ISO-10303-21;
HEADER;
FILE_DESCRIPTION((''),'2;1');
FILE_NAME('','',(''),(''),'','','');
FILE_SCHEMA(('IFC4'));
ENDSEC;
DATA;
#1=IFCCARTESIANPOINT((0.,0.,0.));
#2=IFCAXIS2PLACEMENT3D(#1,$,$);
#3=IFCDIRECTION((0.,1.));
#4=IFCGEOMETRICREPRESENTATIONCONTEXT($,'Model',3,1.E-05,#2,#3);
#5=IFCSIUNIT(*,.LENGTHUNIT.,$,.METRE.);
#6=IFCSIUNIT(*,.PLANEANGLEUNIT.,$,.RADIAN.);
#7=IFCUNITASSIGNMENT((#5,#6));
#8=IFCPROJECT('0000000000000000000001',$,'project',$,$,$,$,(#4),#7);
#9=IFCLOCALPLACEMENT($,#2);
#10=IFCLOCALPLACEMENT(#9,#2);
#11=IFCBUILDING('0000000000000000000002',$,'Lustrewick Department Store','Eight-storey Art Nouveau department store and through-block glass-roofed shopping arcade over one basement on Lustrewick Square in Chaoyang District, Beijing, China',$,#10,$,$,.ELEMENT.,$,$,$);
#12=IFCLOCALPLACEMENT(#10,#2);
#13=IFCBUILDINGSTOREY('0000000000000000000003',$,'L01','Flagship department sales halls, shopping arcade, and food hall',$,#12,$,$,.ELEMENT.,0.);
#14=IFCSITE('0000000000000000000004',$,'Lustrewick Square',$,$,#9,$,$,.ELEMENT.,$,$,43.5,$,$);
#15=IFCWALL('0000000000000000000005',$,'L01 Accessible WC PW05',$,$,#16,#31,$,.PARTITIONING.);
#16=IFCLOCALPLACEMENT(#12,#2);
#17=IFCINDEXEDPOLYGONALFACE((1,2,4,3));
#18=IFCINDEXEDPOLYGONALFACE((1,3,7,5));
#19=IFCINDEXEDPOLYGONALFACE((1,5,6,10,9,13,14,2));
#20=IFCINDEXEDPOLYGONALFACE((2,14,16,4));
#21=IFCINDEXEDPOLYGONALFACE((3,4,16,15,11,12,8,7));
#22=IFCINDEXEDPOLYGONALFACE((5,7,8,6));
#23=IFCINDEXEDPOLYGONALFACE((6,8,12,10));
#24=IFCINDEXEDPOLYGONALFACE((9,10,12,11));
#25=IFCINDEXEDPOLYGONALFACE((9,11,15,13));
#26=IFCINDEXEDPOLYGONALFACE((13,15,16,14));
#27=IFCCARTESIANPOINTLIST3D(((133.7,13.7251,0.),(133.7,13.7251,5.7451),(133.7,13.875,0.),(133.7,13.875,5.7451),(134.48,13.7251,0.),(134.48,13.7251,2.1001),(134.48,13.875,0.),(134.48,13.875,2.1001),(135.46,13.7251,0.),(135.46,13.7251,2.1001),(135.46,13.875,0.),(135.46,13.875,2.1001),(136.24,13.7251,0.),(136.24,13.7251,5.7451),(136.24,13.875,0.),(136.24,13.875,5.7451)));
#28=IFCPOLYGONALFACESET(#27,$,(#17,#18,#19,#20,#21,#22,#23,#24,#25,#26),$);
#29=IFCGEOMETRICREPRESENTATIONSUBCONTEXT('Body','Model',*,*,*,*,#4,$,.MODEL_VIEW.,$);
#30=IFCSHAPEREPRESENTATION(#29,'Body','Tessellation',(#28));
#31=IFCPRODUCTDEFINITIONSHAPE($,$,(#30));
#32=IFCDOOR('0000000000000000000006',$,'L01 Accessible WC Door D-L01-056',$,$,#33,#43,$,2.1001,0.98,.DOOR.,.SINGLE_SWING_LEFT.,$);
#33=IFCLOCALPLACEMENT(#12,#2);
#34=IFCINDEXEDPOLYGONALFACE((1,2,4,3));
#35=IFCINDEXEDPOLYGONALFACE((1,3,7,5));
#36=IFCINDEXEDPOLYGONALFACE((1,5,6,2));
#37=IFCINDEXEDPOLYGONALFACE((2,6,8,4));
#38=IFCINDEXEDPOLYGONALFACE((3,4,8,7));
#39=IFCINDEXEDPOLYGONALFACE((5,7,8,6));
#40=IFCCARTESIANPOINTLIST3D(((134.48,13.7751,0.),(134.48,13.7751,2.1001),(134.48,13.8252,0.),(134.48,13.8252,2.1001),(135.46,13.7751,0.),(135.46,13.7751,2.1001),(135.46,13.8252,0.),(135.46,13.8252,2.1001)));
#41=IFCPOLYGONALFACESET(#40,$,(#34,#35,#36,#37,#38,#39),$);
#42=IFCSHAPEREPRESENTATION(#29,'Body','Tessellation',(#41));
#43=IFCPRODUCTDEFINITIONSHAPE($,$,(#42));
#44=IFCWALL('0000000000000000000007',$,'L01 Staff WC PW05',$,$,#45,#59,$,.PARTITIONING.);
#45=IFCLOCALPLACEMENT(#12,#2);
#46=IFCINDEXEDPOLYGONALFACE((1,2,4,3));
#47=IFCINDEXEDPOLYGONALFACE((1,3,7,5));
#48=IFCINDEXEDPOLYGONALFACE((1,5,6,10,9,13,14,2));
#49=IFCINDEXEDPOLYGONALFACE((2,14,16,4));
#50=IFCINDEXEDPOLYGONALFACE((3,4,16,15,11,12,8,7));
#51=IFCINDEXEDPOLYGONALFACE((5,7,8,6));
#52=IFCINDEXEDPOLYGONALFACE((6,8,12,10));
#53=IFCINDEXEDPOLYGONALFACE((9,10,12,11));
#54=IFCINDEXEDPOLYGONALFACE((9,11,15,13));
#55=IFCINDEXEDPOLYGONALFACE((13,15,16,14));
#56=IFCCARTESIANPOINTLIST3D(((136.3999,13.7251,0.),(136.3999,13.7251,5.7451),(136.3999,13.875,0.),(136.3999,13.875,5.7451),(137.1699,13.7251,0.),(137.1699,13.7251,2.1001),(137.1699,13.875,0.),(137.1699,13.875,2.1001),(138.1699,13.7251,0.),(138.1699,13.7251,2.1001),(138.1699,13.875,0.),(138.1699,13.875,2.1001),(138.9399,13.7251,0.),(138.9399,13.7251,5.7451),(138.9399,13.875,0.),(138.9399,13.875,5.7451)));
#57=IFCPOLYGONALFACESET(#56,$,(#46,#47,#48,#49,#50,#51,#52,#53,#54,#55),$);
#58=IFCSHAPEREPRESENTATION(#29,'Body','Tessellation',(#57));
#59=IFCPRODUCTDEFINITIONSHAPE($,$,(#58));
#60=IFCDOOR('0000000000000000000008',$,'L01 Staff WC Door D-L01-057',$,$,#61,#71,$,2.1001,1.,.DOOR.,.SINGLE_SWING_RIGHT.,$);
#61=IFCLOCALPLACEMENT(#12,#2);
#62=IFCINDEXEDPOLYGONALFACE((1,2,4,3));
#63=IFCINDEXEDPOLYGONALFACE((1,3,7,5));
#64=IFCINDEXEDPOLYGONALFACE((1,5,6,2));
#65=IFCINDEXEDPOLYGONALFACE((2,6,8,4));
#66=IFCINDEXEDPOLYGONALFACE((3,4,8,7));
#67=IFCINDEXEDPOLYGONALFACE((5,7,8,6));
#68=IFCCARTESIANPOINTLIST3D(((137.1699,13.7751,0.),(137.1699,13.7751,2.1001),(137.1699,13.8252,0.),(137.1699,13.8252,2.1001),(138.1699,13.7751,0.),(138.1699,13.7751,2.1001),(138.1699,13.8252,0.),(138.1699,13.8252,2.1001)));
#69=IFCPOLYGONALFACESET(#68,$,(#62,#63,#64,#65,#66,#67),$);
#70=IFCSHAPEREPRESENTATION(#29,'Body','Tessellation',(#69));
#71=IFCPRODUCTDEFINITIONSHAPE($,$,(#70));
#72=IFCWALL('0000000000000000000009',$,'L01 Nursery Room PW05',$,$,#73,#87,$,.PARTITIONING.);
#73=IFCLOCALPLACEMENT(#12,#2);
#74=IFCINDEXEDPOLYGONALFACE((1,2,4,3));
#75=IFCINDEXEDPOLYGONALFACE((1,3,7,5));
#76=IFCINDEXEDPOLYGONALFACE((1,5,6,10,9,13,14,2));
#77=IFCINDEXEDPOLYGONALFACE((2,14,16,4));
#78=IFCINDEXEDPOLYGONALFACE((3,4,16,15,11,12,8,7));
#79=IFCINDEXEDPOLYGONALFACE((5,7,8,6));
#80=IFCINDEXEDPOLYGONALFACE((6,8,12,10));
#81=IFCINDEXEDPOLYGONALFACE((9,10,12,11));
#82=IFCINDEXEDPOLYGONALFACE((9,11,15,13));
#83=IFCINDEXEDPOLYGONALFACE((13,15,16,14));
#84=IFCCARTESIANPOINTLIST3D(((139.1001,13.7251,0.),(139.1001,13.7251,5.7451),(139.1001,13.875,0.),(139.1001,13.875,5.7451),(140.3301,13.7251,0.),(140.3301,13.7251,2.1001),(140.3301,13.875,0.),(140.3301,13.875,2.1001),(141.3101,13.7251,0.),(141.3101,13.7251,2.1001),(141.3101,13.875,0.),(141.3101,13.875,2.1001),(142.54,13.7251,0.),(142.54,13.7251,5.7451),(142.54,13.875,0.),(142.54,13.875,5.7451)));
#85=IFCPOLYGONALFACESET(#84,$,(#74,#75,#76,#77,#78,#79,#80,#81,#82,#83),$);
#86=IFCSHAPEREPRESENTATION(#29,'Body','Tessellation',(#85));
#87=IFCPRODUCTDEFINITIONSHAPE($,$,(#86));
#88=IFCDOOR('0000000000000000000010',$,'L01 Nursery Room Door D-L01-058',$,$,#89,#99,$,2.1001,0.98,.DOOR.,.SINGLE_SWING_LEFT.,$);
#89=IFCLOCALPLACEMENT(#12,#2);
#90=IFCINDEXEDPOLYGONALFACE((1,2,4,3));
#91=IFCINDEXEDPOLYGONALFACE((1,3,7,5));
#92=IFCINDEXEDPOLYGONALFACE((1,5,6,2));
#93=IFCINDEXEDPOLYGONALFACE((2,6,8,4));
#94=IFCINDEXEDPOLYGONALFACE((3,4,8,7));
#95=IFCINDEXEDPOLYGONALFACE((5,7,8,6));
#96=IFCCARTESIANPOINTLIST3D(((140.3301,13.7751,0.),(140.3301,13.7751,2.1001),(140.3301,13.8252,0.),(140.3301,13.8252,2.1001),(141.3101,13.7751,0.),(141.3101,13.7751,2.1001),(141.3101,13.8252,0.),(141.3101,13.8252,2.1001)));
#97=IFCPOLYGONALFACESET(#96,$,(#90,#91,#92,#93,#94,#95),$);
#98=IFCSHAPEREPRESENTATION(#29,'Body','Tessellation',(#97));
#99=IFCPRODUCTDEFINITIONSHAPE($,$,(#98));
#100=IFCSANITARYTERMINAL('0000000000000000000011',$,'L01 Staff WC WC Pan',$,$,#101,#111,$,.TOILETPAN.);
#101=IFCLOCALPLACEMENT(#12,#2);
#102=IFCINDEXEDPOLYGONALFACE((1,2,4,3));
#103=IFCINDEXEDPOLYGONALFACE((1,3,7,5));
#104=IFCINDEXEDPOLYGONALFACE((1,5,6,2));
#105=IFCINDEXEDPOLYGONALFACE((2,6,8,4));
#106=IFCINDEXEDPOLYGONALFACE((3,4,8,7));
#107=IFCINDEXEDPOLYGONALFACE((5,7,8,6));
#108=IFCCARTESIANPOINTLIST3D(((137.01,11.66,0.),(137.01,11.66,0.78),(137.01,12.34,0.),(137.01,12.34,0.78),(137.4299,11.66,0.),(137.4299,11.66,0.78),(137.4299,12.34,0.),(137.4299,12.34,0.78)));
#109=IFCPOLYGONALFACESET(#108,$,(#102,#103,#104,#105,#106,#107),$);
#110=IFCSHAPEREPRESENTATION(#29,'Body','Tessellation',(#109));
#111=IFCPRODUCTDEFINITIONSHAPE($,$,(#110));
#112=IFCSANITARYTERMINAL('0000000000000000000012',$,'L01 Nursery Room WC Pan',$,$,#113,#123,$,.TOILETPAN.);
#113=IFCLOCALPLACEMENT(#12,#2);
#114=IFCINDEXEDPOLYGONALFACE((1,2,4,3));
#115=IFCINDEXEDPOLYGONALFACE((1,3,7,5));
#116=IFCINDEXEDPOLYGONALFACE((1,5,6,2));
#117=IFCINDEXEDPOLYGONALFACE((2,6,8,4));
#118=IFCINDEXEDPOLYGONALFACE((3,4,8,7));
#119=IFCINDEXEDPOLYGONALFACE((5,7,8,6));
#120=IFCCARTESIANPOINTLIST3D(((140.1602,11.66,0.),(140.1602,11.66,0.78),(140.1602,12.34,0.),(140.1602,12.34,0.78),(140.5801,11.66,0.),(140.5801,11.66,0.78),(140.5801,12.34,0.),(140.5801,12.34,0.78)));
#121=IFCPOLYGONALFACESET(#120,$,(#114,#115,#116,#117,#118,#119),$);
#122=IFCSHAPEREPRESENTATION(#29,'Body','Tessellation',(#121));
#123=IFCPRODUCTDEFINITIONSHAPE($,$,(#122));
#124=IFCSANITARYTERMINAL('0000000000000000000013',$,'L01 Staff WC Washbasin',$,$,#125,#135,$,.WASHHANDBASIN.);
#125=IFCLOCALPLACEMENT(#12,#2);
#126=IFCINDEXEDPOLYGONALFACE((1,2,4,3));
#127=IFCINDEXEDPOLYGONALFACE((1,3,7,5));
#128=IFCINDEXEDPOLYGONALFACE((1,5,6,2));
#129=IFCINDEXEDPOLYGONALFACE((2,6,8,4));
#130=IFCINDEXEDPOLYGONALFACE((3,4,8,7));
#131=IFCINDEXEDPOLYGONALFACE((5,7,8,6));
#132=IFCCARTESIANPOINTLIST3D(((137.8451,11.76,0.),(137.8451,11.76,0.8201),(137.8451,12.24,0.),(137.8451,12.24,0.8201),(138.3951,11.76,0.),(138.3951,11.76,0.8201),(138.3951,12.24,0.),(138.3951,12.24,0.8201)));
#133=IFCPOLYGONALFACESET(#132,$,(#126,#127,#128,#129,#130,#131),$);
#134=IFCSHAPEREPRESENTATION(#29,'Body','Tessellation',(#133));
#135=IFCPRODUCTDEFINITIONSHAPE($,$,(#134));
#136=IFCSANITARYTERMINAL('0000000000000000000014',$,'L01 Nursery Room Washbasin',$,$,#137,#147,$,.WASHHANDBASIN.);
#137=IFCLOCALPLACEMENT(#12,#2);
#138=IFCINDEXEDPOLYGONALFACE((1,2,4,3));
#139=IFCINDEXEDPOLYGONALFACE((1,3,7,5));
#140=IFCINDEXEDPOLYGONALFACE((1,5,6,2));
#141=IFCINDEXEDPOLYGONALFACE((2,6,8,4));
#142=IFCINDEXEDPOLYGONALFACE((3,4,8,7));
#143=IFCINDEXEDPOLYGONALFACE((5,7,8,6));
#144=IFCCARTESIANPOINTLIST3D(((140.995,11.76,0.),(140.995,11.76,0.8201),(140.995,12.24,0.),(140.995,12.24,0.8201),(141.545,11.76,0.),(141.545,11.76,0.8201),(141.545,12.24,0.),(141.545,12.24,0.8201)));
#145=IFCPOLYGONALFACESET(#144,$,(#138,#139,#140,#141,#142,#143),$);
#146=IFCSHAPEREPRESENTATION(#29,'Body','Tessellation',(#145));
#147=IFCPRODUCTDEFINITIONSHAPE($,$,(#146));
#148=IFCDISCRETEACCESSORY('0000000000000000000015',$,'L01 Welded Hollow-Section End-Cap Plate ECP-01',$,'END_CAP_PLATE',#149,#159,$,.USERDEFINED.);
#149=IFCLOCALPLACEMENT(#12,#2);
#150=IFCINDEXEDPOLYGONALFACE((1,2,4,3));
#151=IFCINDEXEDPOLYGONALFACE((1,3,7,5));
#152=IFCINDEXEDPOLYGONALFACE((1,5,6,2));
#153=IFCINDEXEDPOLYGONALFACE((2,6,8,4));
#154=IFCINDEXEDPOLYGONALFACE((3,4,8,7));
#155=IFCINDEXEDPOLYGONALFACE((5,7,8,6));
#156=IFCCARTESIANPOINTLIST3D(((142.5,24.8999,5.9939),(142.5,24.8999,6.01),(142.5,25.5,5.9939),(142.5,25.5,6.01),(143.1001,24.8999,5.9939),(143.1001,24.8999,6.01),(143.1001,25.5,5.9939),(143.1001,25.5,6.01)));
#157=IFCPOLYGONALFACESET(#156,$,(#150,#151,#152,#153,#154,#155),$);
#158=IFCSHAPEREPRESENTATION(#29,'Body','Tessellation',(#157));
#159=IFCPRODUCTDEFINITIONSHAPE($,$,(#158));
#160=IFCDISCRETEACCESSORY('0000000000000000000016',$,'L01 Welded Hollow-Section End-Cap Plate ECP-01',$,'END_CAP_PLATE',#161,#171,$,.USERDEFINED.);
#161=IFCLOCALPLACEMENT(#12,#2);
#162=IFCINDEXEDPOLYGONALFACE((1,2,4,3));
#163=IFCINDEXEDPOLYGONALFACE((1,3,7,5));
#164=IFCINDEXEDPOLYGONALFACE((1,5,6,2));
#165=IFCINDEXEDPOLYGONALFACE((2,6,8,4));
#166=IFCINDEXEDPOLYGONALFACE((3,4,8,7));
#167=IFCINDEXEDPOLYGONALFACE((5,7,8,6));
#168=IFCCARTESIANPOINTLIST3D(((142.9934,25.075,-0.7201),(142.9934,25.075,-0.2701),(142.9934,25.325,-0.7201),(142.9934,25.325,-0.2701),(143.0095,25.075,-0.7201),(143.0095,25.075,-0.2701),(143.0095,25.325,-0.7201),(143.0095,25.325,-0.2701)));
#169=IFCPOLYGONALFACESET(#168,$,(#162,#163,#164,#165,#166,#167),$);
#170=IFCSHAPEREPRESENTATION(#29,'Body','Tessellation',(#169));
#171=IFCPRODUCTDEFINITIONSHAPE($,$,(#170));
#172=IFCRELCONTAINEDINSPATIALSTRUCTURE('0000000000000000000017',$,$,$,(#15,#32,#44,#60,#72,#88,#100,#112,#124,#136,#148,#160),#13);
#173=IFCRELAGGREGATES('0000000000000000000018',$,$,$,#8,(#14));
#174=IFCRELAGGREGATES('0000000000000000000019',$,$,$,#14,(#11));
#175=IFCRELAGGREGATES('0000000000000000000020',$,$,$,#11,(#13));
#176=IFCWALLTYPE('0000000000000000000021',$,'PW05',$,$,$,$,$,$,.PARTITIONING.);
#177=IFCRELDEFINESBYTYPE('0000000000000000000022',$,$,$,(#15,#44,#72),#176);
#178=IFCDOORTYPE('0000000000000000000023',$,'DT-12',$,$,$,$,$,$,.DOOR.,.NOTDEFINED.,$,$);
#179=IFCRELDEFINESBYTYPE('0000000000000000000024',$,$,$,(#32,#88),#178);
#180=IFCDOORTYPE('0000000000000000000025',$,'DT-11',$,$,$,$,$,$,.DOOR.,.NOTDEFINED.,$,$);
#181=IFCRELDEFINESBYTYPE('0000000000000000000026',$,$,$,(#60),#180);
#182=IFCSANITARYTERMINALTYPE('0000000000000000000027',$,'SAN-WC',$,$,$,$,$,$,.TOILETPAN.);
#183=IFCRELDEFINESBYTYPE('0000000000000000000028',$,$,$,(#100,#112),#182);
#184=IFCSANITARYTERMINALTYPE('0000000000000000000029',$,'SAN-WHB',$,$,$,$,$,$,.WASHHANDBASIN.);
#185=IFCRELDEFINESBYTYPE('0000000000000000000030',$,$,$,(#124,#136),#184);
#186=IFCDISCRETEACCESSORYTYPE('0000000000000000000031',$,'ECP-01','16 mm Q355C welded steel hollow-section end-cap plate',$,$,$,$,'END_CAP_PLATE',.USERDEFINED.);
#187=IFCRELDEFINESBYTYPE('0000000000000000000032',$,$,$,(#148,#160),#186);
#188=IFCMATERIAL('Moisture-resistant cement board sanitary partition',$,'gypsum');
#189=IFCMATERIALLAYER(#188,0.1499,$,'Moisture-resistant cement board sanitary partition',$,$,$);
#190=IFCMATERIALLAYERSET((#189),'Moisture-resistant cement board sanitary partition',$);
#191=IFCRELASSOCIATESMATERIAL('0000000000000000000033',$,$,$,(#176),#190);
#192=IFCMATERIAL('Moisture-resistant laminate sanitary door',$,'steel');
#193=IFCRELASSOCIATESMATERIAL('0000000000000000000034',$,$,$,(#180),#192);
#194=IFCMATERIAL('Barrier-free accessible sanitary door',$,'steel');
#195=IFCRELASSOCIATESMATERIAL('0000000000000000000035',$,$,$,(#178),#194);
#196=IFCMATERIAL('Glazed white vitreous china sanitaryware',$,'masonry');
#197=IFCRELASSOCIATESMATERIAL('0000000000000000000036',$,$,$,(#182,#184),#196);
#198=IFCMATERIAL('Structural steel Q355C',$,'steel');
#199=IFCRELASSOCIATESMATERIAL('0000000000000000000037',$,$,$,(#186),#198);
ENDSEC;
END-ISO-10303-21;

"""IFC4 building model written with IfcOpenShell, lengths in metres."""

from ifc_helpers import new_model, si_unit, direction, frame, frame_2d, origin, origin_2d, place, context, subcontext, project, spatial, rectangle, extrude, material, layer, layer_set, type_object, element, fill, save


model = new_model("IFC4")

# Units and contexts
model_context = context("Model", 3, precision=1e-05, world=origin(), true_north=direction((0.0, 1.0)))
body_context = subcontext(model_context, "Body", "Model", "MODEL_VIEW")
ifc_project = project(units=[si_unit("LENGTHUNIT", "METRE"), si_unit("PLANEANGLEUNIT", "RADIAN")], contexts=[model_context])

# Site, building, storey
site_placement = place(None, origin())
site = spatial("IfcSite", under=ifc_project, at=site_placement, Name="Lustrewick Square", CompositionType="ELEMENT", RefElevation=43.5)
building_placement = place(site_placement, origin())
building = spatial("IfcBuilding", under=site, at=building_placement, Name="Lustrewick Department Store", Description="Eight-storey Art Nouveau department store and through-block glass-roofed shopping arcade over one basement on Lustrewick Square in Chaoyang District, Beijing, China", CompositionType="ELEMENT")
storey_placement = place(building_placement, origin())
storey = spatial("IfcBuildingStorey", under=building, at=storey_placement, Name="L01", Description="Flagship department sales halls, shopping arcade, and food hall", CompositionType="ELEMENT", Elevation=0.0)

# Shared definitions
ifc_material_1 = material(Name="Structural steel Q355C", Category="steel")

# Walls, openings, doors
ifc_material_2 = material(Name="Moisture-resistant cement board sanitary partition", Category="gypsum")
ifc_layer_1 = layer(ifc_material_2, 0.1499, Name="Moisture-resistant cement board sanitary partition")
ifc_layer_set_1 = layer_set([ifc_layer_1], Name="Moisture-resistant cement board sanitary partition")
wall_type_1 = type_object("IfcWallType", Name="PW05", PredefinedType="PARTITIONING", material=ifc_layer_set_1)
ifc_material_3 = material(Name="Moisture-resistant laminate sanitary door", Category="steel")
door_type_1 = type_object("IfcDoorType", Name="DT-11", OperationType="NOTDEFINED", PredefinedType="DOOR", material=ifc_material_3)
wall_1_placement = place(storey_placement, frame((136.24, 13.8, 0.0), z_axis=(0.0, 0.0, 1.0), x_axis=(-1.0, 0.0, 0.0)))
wall_1 = element("IfcWall", 1, at=wall_1_placement, inside=storey, type_object=wall_type_1, Name="L01 Accessible WC PW05", PredefinedType="PARTITIONING", context=body_context, shape_type="SweptSolid", body=[
    extrude(rectangle(XDim=2.54, YDim=0.1499, at=frame_2d((1.27, 0.0))), origin(), (0.0, 0.0, 1.0), 5.7451),
])
opening_1_placement = place(wall_1_placement, frame((0.78, 0.0, 0.0)))
opening_1 = element("IfcOpeningElement", 2, at=opening_1_placement, cuts=wall_1, PredefinedType="OPENING", context=body_context, shape_type="SweptSolid", body=[
    extrude(rectangle(XDim=0.98, YDim=2.1001, at=frame_2d((0.49, 1.05))), frame((0.0, 0.085, 0.0), z_axis=(0.0, -1.0, 0.0), x_axis=(1.0, 0.0, 0.0)), (0.0, 0.0, 1.0), 0.1699),
])
ifc_material_4 = material(Name="Barrier-free accessible sanitary door", Category="steel")
door_type_2 = type_object("IfcDoorType", Name="DT-12", OperationType="NOTDEFINED", PredefinedType="DOOR", material=ifc_material_4)
door_1_placement = place(opening_1_placement, origin())
door_1 = element("IfcDoor", 3, at=door_1_placement, inside=storey, type_object=door_type_2, Name="L01 Accessible WC Door D-L01-056", OperationType="SINGLE_SWING_LEFT", OverallHeight=2.1001, OverallWidth=0.98, PredefinedType="DOOR", context=body_context, shape_type="SweptSolid", body=[
    extrude(rectangle(XDim=0.98, YDim=2.1001, at=frame_2d((0.49, 1.05))), frame((0.0, 0.0249, 0.0), z_axis=(0.0, -1.0, 0.0), x_axis=(1.0, 0.0, 0.0)), (0.0, 0.0, 1.0), 0.05),
])
fill(opening_1, door_1)
wall_2_placement = place(storey_placement, frame((138.9399, 13.8, 0.0), z_axis=(0.0, 0.0, 1.0), x_axis=(-1.0, 0.0, 0.0)))
wall_2 = element("IfcWall", 4, at=wall_2_placement, inside=storey, type_object=wall_type_1, Name="L01 Staff WC PW05", PredefinedType="PARTITIONING", context=body_context, shape_type="SweptSolid", body=[
    extrude(rectangle(XDim=2.54, YDim=0.1499, at=frame_2d((1.27, 0.0))), origin(), (0.0, 0.0, 1.0), 5.7451),
])
opening_2_placement = place(wall_2_placement, frame((0.77, 0.0, 0.0)))
opening_2 = element("IfcOpeningElement", 5, at=opening_2_placement, cuts=wall_2, PredefinedType="OPENING", context=body_context, shape_type="SweptSolid", body=[
    extrude(rectangle(XDim=1.0, YDim=2.1001, at=frame_2d((0.5, 1.05))), frame((0.0, 0.085, 0.0), z_axis=(0.0, -1.0, 0.0), x_axis=(1.0, 0.0, 0.0)), (0.0, 0.0, 1.0), 0.1699),
])
door_2_placement = place(opening_2_placement, origin())
door_2 = element("IfcDoor", 6, at=door_2_placement, inside=storey, type_object=door_type_1, Name="L01 Staff WC Door D-L01-057", OperationType="SINGLE_SWING_RIGHT", OverallHeight=2.1001, OverallWidth=1.0, PredefinedType="DOOR", context=body_context, shape_type="SweptSolid", body=[
    extrude(rectangle(XDim=1.0, YDim=2.1001, at=frame_2d((0.5, 1.05))), frame((0.0, 0.0249, 0.0), z_axis=(0.0, -1.0, 0.0), x_axis=(1.0, 0.0, 0.0)), (0.0, 0.0, 1.0), 0.05),
])
fill(opening_2, door_2)
wall_3_placement = place(storey_placement, frame((142.54, 13.8, 0.0), z_axis=(0.0, 0.0, 1.0), x_axis=(-1.0, 0.0, 0.0)))
wall_3 = element("IfcWall", 7, at=wall_3_placement, inside=storey, type_object=wall_type_1, Name="L01 Nursery Room PW05", PredefinedType="PARTITIONING", context=body_context, shape_type="SweptSolid", body=[
    extrude(rectangle(XDim=3.4399, YDim=0.1499, at=frame_2d((1.72, 0.0))), origin(), (0.0, 0.0, 1.0), 5.7451),
])
opening_3_placement = place(wall_3_placement, frame((1.23, 0.0, 0.0)))
opening_3 = element("IfcOpeningElement", 8, at=opening_3_placement, cuts=wall_3, PredefinedType="OPENING", context=body_context, shape_type="SweptSolid", body=[
    extrude(rectangle(XDim=0.98, YDim=2.1001, at=frame_2d((0.49, 1.05))), frame((0.0, 0.085, 0.0), z_axis=(0.0, -1.0, 0.0), x_axis=(1.0, 0.0, 0.0)), (0.0, 0.0, 1.0), 0.1699),
])
door_3_placement = place(opening_3_placement, origin())
door_3 = element("IfcDoor", 9, at=door_3_placement, inside=storey, type_object=door_type_2, Name="L01 Nursery Room Door D-L01-058", OperationType="SINGLE_SWING_LEFT", OverallHeight=2.1001, OverallWidth=0.98, PredefinedType="DOOR", context=body_context, shape_type="SweptSolid", body=[
    extrude(rectangle(XDim=0.98, YDim=2.1001, at=frame_2d((0.49, 1.05))), frame((0.0, 0.0249, 0.0), z_axis=(0.0, -1.0, 0.0), x_axis=(1.0, 0.0, 0.0)), (0.0, 0.0, 1.0), 0.05),
])
fill(opening_3, door_3)

# Sanitary terminals
ifc_material_5 = material(Name="Glazed white vitreous china sanitaryware", Category="masonry")
sanitary_terminal_type_1 = type_object("IfcSanitaryTerminalType", Name="SAN-WC", PredefinedType="TOILETPAN", material=ifc_material_5)
for number, where, z_axis, x_axis, name in (
    (10, (137.22, 12.0, 0.0), (0.0, 0.0, 1.0), (1.0, 0.0, 0.0), "L01 Staff WC WC Pan"),
    (11, (140.3701, 12.0, 0.0), (0.0, 0.0, 1.0), (1.0, 0.0, 0.0), "L01 Nursery Room WC Pan"),
):
    element("IfcSanitaryTerminal", number, at=place(storey_placement, frame(where, z_axis=z_axis, x_axis=x_axis)), inside=storey, type_object=sanitary_terminal_type_1, Name=name, PredefinedType="TOILETPAN", context=body_context, shape_type="SweptSolid", body=[
        extrude(rectangle(XDim=0.4199, YDim=0.6799, at=origin_2d()), origin(), (0.0, 0.0, 1.0), 0.78),
    ])
sanitary_terminal_type_2 = type_object("IfcSanitaryTerminalType", Name="SAN-WHB", PredefinedType="WASHHANDBASIN", material=ifc_material_5)
for number, where, z_axis, x_axis, name in (
    (12, (138.1201, 12.0, 0.0), (0.0, 0.0, 1.0), (1.0, 0.0, 0.0), "L01 Staff WC Washbasin"),
    (13, (141.27, 12.0, 0.0), (0.0, 0.0, 1.0), (1.0, 0.0, 0.0), "L01 Nursery Room Washbasin"),
):
    element("IfcSanitaryTerminal", number, at=place(storey_placement, frame(where, z_axis=z_axis, x_axis=x_axis)), inside=storey, type_object=sanitary_terminal_type_2, Name=name, PredefinedType="WASHHANDBASIN", context=body_context, shape_type="SweptSolid", body=[
        extrude(rectangle(XDim=0.55, YDim=0.48, at=origin_2d()), origin(), (0.0, 0.0, 1.0), 0.8201),
    ])

# Discrete accessories
discrete_accessory_type = type_object("IfcDiscreteAccessoryType", Name="ECP-01", Description="16 mm Q355C welded steel hollow-section end-cap plate", ElementType="END_CAP_PLATE", PredefinedType="USERDEFINED", material=ifc_material_1)
discrete_accessory_1_placement = place(storey_placement, frame((142.8, 25.2, 5.9939), z_axis=(0.0, 0.0, 1.0), x_axis=(1.0, 0.0, 0.0)))
element("IfcDiscreteAccessory", 14, at=discrete_accessory_1_placement, inside=storey, type_object=discrete_accessory_type, Name="L01 Welded Hollow-Section End-Cap Plate ECP-01", ObjectType="END_CAP_PLATE", PredefinedType="USERDEFINED", context=body_context, shape_type="SweptSolid", body=[
    extrude(rectangle(XDim=0.6001, YDim=0.6001, at=origin_2d()), origin(), (0.0, 0.0, 1.0), 0.0161),
])
discrete_accessory_2_placement = place(storey_placement, frame((143.0095, 25.2, -0.4951), z_axis=(-1.0, 0.0, 0.0), x_axis=(0.0, 1.0, 0.0)))
element("IfcDiscreteAccessory", 15, at=discrete_accessory_2_placement, inside=storey, type_object=discrete_accessory_type, Name="L01 Welded Hollow-Section End-Cap Plate ECP-01", ObjectType="END_CAP_PLATE", PredefinedType="USERDEFINED", context=body_context, shape_type="SweptSolid", body=[
    extrude(rectangle(XDim=0.25, YDim=0.45, at=origin_2d()), origin(), (0.0, 0.0, 1.0), 0.0161),
])

save(model, "model.ifc")
